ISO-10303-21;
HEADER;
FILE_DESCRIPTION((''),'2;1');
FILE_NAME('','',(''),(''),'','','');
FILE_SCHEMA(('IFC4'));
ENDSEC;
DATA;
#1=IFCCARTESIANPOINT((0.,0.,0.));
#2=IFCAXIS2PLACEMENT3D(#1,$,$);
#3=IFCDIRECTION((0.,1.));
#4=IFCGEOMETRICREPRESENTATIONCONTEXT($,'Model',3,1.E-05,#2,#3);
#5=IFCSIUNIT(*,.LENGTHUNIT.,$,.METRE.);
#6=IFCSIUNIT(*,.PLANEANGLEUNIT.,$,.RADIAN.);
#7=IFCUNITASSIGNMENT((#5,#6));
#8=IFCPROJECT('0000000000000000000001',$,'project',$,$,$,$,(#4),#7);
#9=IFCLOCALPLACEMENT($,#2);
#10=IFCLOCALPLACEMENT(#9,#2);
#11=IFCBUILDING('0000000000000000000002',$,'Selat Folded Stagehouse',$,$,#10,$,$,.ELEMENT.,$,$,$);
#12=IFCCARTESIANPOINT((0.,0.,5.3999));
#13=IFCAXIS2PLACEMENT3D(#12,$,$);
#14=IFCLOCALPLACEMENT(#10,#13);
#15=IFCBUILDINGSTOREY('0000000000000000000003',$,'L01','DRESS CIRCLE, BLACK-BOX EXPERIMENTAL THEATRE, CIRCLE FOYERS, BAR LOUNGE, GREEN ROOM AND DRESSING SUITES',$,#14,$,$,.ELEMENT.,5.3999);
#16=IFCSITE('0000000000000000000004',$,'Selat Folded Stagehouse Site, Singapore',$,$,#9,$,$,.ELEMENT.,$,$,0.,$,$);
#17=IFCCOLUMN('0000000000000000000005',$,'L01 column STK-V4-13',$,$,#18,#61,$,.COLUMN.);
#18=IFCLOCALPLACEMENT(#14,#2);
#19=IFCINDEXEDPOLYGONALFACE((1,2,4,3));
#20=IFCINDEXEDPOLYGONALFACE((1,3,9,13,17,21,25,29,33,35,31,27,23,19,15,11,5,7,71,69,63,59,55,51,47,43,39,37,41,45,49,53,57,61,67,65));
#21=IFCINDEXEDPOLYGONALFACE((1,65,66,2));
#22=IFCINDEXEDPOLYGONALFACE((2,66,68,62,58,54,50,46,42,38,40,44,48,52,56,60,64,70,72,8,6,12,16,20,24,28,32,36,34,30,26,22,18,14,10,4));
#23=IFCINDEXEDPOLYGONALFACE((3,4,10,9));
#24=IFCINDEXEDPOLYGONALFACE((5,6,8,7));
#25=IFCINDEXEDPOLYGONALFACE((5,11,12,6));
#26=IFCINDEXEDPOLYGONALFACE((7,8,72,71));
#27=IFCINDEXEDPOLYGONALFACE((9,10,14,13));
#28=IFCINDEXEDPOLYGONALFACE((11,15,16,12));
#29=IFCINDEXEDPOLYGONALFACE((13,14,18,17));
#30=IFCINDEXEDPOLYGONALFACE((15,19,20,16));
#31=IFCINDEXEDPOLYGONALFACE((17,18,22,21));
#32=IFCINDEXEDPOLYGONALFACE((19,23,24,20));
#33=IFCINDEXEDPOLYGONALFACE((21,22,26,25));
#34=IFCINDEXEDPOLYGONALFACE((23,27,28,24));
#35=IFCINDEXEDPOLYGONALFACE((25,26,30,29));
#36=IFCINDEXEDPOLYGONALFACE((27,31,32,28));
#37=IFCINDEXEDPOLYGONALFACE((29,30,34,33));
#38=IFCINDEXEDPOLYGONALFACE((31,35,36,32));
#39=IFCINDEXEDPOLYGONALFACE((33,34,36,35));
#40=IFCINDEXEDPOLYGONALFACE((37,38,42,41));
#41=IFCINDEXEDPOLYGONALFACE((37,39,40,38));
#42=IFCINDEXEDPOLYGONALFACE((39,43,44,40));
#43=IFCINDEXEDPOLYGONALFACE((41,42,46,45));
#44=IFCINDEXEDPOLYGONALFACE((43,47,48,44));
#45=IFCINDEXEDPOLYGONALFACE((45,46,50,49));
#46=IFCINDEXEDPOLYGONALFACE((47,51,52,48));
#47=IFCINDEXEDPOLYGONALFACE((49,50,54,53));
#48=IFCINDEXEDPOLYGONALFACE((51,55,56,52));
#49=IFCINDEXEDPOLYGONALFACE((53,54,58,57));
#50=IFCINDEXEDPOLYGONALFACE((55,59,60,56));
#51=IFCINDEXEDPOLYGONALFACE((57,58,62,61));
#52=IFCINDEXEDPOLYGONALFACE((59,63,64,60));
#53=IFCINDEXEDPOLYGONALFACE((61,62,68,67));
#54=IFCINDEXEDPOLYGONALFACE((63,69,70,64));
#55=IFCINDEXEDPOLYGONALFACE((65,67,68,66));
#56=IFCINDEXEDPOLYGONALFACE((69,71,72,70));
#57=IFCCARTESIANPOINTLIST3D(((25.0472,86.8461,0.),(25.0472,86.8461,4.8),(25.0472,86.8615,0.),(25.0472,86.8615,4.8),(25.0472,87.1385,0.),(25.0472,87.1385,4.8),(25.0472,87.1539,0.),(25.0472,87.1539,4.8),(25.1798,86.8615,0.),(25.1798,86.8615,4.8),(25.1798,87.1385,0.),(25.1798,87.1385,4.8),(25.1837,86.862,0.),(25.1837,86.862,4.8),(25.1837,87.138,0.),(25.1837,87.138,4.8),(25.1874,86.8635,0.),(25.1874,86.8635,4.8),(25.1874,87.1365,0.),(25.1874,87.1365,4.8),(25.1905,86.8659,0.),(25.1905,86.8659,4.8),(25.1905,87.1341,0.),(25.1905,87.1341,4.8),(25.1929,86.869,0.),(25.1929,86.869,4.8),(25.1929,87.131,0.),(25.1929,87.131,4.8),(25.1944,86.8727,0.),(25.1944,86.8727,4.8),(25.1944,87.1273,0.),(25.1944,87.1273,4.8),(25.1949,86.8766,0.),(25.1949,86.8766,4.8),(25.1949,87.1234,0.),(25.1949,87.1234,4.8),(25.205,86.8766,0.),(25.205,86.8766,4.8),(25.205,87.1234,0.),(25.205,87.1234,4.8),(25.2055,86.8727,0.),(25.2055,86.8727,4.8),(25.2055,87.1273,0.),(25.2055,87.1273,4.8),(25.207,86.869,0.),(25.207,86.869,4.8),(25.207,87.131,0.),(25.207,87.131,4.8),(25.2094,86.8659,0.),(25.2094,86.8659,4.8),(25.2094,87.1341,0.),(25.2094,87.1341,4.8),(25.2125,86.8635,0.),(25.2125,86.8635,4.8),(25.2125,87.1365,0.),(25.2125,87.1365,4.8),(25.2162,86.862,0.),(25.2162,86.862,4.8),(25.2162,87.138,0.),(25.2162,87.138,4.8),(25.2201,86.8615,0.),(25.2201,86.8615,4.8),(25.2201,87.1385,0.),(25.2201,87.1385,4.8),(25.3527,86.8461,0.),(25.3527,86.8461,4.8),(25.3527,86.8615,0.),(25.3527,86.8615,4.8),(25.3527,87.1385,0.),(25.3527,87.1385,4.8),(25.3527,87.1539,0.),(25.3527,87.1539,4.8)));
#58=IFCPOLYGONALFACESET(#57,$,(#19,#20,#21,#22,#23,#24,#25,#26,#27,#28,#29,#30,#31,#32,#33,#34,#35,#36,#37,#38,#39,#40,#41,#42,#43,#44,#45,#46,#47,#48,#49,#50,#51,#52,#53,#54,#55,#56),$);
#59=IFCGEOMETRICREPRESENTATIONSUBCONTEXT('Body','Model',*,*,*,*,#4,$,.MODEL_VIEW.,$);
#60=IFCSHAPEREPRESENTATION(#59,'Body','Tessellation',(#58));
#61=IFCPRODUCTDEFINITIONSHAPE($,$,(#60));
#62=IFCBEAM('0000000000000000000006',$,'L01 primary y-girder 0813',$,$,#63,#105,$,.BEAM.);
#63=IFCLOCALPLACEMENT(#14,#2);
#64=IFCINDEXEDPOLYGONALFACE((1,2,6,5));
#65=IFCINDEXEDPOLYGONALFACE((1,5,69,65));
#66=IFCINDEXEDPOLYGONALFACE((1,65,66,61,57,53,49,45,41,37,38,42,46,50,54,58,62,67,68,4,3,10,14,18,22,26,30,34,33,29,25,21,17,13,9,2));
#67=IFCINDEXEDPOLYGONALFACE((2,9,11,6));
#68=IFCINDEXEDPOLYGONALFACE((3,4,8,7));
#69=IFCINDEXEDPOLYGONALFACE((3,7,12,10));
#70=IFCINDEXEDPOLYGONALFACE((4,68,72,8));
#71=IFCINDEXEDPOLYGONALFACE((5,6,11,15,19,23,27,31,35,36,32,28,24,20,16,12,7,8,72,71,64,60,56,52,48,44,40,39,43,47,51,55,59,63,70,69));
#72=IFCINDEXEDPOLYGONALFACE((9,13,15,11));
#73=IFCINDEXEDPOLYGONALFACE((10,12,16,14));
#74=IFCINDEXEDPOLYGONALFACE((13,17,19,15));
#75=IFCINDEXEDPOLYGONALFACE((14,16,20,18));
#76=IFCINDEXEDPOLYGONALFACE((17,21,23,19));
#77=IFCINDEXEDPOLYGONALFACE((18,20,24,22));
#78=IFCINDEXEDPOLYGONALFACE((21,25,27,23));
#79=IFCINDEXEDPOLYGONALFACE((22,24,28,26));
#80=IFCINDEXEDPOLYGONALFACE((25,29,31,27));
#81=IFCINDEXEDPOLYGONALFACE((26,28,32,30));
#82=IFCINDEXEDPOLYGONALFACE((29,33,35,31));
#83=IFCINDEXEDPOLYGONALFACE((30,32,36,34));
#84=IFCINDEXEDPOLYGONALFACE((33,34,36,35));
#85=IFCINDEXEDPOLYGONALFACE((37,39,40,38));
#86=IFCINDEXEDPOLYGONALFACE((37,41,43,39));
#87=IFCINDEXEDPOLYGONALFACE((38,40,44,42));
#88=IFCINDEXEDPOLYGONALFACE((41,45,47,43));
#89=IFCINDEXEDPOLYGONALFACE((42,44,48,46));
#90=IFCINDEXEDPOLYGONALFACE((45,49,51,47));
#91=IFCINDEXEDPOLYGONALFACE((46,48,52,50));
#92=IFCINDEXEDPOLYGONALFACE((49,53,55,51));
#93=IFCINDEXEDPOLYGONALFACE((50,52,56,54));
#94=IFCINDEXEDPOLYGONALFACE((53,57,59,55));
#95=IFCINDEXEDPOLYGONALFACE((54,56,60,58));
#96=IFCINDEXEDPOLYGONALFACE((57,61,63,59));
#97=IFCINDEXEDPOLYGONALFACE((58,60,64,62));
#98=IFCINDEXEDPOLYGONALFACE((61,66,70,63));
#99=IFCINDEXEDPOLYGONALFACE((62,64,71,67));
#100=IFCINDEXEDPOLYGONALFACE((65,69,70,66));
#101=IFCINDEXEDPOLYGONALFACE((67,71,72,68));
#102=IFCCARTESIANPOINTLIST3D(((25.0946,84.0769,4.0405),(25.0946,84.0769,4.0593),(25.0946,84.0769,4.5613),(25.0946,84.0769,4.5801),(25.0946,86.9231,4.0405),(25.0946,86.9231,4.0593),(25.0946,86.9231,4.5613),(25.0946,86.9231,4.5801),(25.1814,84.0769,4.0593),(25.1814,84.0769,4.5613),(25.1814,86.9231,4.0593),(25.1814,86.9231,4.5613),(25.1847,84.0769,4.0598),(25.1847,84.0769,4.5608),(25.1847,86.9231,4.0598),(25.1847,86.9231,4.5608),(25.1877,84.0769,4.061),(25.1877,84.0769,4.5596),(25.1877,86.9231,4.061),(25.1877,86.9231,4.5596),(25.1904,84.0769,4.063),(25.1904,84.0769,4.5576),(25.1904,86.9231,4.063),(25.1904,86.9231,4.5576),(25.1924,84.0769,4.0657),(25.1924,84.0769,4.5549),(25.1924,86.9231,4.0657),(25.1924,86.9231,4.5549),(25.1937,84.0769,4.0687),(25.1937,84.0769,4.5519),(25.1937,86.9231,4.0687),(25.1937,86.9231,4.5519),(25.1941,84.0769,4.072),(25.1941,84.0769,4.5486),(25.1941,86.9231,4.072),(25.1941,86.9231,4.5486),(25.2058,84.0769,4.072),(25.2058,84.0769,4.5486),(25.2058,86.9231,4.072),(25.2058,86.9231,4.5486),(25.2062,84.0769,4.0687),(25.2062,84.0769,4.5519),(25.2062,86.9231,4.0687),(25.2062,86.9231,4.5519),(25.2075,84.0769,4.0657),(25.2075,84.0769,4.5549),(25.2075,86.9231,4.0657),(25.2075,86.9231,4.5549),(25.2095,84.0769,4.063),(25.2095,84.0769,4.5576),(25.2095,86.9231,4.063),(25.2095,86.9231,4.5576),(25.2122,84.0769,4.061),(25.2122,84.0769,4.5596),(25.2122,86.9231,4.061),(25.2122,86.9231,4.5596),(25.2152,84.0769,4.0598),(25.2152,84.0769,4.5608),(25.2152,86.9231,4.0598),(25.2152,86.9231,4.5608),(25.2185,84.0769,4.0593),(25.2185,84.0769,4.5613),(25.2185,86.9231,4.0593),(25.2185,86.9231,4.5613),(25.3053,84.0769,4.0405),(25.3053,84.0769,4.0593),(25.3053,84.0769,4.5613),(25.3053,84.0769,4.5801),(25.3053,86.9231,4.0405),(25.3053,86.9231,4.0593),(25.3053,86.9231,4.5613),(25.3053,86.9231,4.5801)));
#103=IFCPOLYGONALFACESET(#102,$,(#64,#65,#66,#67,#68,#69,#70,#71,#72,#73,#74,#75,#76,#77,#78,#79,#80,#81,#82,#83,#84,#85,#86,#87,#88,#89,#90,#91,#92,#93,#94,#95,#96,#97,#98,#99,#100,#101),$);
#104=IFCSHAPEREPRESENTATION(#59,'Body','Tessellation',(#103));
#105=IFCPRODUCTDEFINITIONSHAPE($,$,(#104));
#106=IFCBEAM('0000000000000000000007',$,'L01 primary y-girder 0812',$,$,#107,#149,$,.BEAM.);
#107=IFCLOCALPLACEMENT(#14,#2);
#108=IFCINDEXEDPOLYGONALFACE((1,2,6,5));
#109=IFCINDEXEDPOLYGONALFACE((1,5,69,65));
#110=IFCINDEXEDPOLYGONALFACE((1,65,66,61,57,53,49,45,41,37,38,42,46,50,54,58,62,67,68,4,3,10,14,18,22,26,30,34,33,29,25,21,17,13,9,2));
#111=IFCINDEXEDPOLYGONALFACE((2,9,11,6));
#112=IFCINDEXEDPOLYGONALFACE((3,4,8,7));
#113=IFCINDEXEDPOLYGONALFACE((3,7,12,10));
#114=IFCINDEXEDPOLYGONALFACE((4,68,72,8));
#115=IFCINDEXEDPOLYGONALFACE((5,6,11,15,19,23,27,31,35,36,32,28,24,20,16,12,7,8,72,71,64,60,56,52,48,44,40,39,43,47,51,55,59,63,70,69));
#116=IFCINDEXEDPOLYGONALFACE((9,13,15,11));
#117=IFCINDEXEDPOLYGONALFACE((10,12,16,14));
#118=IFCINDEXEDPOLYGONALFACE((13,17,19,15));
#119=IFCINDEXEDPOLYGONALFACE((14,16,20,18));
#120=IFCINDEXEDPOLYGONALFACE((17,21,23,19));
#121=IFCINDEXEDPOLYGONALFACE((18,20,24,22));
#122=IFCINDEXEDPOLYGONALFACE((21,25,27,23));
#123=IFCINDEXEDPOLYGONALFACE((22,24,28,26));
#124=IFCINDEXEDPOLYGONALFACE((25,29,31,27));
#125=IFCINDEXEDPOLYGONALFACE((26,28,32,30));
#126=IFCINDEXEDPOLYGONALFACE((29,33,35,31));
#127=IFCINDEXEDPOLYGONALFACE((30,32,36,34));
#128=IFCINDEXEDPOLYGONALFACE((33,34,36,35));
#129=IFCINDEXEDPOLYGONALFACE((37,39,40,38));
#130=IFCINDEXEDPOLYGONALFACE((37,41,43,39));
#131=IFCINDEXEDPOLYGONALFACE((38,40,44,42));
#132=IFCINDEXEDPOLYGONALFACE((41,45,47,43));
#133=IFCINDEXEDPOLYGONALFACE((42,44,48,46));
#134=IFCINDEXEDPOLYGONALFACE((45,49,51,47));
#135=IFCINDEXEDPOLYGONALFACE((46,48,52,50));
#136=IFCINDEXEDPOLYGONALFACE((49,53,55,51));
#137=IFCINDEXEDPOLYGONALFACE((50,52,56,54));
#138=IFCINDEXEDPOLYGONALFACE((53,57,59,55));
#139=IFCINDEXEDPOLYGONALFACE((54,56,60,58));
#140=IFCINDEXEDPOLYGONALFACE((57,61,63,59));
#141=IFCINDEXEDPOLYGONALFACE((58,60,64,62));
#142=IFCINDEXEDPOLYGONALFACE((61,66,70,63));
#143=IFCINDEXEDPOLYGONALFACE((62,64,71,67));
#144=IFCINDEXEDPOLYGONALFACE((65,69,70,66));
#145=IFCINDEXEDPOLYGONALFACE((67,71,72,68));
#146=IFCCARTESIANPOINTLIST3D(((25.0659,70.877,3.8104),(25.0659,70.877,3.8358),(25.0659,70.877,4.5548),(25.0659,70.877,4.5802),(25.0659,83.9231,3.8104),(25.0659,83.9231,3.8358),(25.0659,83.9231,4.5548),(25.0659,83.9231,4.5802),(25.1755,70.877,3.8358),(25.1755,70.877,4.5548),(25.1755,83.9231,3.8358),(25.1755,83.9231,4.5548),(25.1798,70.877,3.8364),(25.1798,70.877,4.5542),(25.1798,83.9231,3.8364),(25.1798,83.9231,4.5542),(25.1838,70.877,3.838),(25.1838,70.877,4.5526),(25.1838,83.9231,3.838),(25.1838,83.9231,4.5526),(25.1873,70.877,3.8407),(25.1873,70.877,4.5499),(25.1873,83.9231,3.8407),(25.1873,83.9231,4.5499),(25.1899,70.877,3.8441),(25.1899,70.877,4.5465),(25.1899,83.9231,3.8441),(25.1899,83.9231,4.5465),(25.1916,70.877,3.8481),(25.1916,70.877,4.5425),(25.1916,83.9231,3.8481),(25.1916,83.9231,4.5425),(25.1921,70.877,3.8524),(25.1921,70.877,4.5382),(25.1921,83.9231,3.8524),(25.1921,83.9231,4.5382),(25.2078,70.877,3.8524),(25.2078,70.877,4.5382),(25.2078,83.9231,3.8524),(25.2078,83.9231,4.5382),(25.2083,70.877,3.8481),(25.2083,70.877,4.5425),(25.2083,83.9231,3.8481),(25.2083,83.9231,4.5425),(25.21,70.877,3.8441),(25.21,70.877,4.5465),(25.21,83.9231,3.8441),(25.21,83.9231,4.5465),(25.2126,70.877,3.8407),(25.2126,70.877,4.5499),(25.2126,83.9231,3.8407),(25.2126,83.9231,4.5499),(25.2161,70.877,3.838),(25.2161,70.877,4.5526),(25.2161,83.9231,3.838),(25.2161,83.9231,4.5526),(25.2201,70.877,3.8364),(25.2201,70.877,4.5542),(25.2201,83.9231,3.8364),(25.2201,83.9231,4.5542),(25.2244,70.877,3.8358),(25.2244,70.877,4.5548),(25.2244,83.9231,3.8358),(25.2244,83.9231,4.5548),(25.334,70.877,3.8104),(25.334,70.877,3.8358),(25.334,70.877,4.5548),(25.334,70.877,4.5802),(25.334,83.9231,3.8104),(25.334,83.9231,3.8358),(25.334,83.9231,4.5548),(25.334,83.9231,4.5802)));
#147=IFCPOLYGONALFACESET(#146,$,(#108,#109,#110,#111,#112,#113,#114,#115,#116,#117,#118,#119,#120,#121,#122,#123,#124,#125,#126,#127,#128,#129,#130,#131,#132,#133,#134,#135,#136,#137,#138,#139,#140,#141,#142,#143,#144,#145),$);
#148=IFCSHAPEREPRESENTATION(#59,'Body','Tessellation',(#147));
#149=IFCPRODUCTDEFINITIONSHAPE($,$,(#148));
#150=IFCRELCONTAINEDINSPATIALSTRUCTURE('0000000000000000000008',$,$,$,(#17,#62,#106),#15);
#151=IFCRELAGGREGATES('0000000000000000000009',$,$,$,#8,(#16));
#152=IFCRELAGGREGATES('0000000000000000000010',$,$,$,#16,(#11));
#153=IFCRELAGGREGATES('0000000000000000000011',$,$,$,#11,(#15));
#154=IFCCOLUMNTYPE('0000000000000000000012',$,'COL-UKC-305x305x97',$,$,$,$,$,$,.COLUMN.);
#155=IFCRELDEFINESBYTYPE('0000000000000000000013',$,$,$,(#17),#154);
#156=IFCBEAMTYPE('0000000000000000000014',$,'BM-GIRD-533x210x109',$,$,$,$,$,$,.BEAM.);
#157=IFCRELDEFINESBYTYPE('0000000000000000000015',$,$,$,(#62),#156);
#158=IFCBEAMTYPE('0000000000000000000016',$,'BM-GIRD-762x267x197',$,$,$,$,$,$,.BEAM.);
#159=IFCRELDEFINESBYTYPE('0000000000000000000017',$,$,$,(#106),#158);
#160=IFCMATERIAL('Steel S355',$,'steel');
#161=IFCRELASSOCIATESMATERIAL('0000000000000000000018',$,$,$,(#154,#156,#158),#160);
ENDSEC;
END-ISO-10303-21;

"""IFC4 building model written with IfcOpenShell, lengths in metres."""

from ifc_helpers import new_model, si_unit, direction, frame, origin, origin_2d, place, context, subcontext, project, spatial, i_section, extrude, material, material_profile, profile_set, type_object, element, save


model = new_model("IFC4")

# Units and contexts
model_context = context("Model", 3, precision=1e-05, world=origin(), true_north=direction((0.0, 1.0)))
body_context = subcontext(model_context, "Body", "Model", "MODEL_VIEW")
ifc_project = project(units=[si_unit("LENGTHUNIT", "METRE"), si_unit("PLANEANGLEUNIT", "RADIAN")], contexts=[model_context])

# Site, building, storey
site_placement = place(None, origin())
site = spatial("IfcSite", under=ifc_project, at=site_placement, Name="Selat Folded Stagehouse Site, Singapore", CompositionType="ELEMENT", RefElevation=0.0)
building_placement = place(site_placement, origin())
building = spatial("IfcBuilding", under=site, at=building_placement, Name="Selat Folded Stagehouse", CompositionType="ELEMENT")
storey_placement = place(building_placement, frame((0.0, 0.0, 5.3999)))
storey = spatial("IfcBuildingStorey", under=building, at=storey_placement, Name="L01", Description="DRESS CIRCLE, BLACK-BOX EXPERIMENTAL THEATRE, CIRCLE FOYERS, BAR LOUNGE, GREEN ROOM AND DRESSING SUITES", CompositionType="ELEMENT", Elevation=5.3999)

# Column
ifc_material_1 = material(Name="Steel S355", Category="steel")
ifc_material_profile_1 = material_profile(ifc_material_1, i_section(OverallWidth=0.3054, OverallDepth=0.3079, WebThickness=0.01, FlangeThickness=0.0154, FilletRadius=0.0151, at=origin_2d()), Name="UKC 305x305x97")
ifc_profile_set_1 = profile_set([ifc_material_profile_1], Name="Steel S355")
column_type_1 = type_object("IfcColumnType", Name="COL-UKC-305x305x97", PredefinedType="COLUMN", material=ifc_profile_set_1)
for number, where, z_axis, x_axis, name in (
    (1, (25.2, 87.0, 0.0), (0.0, 0.0, 1.0), (1.0, 0.0, 0.0), "L01 column STK-V4-13"),
):
    element("IfcColumn", number, at=place(storey_placement, frame(where, z_axis=z_axis, x_axis=x_axis)), inside=storey, type_object=column_type_1, Name=name, PredefinedType="COLUMN", context=body_context, shape_type="SweptSolid", body=[
        extrude(i_section(OverallWidth=0.3054, OverallDepth=0.3079, WebThickness=0.01, FlangeThickness=0.0154, FilletRadius=0.0151, at=origin_2d()), origin(), (0.0, 0.0, 1.0), 4.8),
    ])

# Beams
ifc_material_profile_2 = material_profile(ifc_material_1, i_section(OverallWidth=0.2107, OverallDepth=0.5396, WebThickness=0.0117, FlangeThickness=0.0188, FilletRadius=0.0127, at=origin_2d()), Name="UKB 533x210x109")
ifc_profile_set_2 = profile_set([ifc_material_profile_2], Name="Steel S355")
beam_type_1 = type_object("IfcBeamType", Name="BM-GIRD-533x210x109", PredefinedType="BEAM", material=ifc_profile_set_2)
beam_1_placement = place(storey_placement, frame((25.2, 84.0769, 4.3103), z_axis=(0.0, 1.0, 0.0), x_axis=(-1.0, 0.0, 0.0)))
element("IfcBeam", 2, at=beam_1_placement, inside=storey, type_object=beam_type_1, Name="L01 primary y-girder 0813", PredefinedType="BEAM", context=body_context, shape_type="SweptSolid", body=[
    extrude(i_section(OverallWidth=0.2107, OverallDepth=0.5396, WebThickness=0.0117, FlangeThickness=0.0188, FilletRadius=0.0127, at=origin_2d()), origin(), (0.0, 0.0, 1.0), 2.8462),
])
ifc_material_profile_3 = material_profile(ifc_material_1, i_section(OverallWidth=0.2681, OverallDepth=0.7698, WebThickness=0.0156, FlangeThickness=0.0254, FilletRadius=0.0166, at=origin_2d()), Name="UKB 762x267x197")
ifc_profile_set_3 = profile_set([ifc_material_profile_3], Name="Steel S355")
beam_type_2 = type_object("IfcBeamType", Name="BM-GIRD-762x267x197", PredefinedType="BEAM", material=ifc_profile_set_3)
beam_2_placement = place(storey_placement, frame((25.2, 70.877, 4.1953), z_axis=(0.0, 1.0, 0.0), x_axis=(-1.0, 0.0, 0.0)))
element("IfcBeam", 3, at=beam_2_placement, inside=storey, type_object=beam_type_2, Name="L01 primary y-girder 0812", PredefinedType="BEAM", context=body_context, shape_type="SweptSolid", body=[
    extrude(i_section(OverallWidth=0.2681, OverallDepth=0.7698, WebThickness=0.0156, FlangeThickness=0.0254, FilletRadius=0.0166, at=origin_2d()), origin(), (0.0, 0.0, 1.0), 13.0461),
])

save(model, "model.ifc")
